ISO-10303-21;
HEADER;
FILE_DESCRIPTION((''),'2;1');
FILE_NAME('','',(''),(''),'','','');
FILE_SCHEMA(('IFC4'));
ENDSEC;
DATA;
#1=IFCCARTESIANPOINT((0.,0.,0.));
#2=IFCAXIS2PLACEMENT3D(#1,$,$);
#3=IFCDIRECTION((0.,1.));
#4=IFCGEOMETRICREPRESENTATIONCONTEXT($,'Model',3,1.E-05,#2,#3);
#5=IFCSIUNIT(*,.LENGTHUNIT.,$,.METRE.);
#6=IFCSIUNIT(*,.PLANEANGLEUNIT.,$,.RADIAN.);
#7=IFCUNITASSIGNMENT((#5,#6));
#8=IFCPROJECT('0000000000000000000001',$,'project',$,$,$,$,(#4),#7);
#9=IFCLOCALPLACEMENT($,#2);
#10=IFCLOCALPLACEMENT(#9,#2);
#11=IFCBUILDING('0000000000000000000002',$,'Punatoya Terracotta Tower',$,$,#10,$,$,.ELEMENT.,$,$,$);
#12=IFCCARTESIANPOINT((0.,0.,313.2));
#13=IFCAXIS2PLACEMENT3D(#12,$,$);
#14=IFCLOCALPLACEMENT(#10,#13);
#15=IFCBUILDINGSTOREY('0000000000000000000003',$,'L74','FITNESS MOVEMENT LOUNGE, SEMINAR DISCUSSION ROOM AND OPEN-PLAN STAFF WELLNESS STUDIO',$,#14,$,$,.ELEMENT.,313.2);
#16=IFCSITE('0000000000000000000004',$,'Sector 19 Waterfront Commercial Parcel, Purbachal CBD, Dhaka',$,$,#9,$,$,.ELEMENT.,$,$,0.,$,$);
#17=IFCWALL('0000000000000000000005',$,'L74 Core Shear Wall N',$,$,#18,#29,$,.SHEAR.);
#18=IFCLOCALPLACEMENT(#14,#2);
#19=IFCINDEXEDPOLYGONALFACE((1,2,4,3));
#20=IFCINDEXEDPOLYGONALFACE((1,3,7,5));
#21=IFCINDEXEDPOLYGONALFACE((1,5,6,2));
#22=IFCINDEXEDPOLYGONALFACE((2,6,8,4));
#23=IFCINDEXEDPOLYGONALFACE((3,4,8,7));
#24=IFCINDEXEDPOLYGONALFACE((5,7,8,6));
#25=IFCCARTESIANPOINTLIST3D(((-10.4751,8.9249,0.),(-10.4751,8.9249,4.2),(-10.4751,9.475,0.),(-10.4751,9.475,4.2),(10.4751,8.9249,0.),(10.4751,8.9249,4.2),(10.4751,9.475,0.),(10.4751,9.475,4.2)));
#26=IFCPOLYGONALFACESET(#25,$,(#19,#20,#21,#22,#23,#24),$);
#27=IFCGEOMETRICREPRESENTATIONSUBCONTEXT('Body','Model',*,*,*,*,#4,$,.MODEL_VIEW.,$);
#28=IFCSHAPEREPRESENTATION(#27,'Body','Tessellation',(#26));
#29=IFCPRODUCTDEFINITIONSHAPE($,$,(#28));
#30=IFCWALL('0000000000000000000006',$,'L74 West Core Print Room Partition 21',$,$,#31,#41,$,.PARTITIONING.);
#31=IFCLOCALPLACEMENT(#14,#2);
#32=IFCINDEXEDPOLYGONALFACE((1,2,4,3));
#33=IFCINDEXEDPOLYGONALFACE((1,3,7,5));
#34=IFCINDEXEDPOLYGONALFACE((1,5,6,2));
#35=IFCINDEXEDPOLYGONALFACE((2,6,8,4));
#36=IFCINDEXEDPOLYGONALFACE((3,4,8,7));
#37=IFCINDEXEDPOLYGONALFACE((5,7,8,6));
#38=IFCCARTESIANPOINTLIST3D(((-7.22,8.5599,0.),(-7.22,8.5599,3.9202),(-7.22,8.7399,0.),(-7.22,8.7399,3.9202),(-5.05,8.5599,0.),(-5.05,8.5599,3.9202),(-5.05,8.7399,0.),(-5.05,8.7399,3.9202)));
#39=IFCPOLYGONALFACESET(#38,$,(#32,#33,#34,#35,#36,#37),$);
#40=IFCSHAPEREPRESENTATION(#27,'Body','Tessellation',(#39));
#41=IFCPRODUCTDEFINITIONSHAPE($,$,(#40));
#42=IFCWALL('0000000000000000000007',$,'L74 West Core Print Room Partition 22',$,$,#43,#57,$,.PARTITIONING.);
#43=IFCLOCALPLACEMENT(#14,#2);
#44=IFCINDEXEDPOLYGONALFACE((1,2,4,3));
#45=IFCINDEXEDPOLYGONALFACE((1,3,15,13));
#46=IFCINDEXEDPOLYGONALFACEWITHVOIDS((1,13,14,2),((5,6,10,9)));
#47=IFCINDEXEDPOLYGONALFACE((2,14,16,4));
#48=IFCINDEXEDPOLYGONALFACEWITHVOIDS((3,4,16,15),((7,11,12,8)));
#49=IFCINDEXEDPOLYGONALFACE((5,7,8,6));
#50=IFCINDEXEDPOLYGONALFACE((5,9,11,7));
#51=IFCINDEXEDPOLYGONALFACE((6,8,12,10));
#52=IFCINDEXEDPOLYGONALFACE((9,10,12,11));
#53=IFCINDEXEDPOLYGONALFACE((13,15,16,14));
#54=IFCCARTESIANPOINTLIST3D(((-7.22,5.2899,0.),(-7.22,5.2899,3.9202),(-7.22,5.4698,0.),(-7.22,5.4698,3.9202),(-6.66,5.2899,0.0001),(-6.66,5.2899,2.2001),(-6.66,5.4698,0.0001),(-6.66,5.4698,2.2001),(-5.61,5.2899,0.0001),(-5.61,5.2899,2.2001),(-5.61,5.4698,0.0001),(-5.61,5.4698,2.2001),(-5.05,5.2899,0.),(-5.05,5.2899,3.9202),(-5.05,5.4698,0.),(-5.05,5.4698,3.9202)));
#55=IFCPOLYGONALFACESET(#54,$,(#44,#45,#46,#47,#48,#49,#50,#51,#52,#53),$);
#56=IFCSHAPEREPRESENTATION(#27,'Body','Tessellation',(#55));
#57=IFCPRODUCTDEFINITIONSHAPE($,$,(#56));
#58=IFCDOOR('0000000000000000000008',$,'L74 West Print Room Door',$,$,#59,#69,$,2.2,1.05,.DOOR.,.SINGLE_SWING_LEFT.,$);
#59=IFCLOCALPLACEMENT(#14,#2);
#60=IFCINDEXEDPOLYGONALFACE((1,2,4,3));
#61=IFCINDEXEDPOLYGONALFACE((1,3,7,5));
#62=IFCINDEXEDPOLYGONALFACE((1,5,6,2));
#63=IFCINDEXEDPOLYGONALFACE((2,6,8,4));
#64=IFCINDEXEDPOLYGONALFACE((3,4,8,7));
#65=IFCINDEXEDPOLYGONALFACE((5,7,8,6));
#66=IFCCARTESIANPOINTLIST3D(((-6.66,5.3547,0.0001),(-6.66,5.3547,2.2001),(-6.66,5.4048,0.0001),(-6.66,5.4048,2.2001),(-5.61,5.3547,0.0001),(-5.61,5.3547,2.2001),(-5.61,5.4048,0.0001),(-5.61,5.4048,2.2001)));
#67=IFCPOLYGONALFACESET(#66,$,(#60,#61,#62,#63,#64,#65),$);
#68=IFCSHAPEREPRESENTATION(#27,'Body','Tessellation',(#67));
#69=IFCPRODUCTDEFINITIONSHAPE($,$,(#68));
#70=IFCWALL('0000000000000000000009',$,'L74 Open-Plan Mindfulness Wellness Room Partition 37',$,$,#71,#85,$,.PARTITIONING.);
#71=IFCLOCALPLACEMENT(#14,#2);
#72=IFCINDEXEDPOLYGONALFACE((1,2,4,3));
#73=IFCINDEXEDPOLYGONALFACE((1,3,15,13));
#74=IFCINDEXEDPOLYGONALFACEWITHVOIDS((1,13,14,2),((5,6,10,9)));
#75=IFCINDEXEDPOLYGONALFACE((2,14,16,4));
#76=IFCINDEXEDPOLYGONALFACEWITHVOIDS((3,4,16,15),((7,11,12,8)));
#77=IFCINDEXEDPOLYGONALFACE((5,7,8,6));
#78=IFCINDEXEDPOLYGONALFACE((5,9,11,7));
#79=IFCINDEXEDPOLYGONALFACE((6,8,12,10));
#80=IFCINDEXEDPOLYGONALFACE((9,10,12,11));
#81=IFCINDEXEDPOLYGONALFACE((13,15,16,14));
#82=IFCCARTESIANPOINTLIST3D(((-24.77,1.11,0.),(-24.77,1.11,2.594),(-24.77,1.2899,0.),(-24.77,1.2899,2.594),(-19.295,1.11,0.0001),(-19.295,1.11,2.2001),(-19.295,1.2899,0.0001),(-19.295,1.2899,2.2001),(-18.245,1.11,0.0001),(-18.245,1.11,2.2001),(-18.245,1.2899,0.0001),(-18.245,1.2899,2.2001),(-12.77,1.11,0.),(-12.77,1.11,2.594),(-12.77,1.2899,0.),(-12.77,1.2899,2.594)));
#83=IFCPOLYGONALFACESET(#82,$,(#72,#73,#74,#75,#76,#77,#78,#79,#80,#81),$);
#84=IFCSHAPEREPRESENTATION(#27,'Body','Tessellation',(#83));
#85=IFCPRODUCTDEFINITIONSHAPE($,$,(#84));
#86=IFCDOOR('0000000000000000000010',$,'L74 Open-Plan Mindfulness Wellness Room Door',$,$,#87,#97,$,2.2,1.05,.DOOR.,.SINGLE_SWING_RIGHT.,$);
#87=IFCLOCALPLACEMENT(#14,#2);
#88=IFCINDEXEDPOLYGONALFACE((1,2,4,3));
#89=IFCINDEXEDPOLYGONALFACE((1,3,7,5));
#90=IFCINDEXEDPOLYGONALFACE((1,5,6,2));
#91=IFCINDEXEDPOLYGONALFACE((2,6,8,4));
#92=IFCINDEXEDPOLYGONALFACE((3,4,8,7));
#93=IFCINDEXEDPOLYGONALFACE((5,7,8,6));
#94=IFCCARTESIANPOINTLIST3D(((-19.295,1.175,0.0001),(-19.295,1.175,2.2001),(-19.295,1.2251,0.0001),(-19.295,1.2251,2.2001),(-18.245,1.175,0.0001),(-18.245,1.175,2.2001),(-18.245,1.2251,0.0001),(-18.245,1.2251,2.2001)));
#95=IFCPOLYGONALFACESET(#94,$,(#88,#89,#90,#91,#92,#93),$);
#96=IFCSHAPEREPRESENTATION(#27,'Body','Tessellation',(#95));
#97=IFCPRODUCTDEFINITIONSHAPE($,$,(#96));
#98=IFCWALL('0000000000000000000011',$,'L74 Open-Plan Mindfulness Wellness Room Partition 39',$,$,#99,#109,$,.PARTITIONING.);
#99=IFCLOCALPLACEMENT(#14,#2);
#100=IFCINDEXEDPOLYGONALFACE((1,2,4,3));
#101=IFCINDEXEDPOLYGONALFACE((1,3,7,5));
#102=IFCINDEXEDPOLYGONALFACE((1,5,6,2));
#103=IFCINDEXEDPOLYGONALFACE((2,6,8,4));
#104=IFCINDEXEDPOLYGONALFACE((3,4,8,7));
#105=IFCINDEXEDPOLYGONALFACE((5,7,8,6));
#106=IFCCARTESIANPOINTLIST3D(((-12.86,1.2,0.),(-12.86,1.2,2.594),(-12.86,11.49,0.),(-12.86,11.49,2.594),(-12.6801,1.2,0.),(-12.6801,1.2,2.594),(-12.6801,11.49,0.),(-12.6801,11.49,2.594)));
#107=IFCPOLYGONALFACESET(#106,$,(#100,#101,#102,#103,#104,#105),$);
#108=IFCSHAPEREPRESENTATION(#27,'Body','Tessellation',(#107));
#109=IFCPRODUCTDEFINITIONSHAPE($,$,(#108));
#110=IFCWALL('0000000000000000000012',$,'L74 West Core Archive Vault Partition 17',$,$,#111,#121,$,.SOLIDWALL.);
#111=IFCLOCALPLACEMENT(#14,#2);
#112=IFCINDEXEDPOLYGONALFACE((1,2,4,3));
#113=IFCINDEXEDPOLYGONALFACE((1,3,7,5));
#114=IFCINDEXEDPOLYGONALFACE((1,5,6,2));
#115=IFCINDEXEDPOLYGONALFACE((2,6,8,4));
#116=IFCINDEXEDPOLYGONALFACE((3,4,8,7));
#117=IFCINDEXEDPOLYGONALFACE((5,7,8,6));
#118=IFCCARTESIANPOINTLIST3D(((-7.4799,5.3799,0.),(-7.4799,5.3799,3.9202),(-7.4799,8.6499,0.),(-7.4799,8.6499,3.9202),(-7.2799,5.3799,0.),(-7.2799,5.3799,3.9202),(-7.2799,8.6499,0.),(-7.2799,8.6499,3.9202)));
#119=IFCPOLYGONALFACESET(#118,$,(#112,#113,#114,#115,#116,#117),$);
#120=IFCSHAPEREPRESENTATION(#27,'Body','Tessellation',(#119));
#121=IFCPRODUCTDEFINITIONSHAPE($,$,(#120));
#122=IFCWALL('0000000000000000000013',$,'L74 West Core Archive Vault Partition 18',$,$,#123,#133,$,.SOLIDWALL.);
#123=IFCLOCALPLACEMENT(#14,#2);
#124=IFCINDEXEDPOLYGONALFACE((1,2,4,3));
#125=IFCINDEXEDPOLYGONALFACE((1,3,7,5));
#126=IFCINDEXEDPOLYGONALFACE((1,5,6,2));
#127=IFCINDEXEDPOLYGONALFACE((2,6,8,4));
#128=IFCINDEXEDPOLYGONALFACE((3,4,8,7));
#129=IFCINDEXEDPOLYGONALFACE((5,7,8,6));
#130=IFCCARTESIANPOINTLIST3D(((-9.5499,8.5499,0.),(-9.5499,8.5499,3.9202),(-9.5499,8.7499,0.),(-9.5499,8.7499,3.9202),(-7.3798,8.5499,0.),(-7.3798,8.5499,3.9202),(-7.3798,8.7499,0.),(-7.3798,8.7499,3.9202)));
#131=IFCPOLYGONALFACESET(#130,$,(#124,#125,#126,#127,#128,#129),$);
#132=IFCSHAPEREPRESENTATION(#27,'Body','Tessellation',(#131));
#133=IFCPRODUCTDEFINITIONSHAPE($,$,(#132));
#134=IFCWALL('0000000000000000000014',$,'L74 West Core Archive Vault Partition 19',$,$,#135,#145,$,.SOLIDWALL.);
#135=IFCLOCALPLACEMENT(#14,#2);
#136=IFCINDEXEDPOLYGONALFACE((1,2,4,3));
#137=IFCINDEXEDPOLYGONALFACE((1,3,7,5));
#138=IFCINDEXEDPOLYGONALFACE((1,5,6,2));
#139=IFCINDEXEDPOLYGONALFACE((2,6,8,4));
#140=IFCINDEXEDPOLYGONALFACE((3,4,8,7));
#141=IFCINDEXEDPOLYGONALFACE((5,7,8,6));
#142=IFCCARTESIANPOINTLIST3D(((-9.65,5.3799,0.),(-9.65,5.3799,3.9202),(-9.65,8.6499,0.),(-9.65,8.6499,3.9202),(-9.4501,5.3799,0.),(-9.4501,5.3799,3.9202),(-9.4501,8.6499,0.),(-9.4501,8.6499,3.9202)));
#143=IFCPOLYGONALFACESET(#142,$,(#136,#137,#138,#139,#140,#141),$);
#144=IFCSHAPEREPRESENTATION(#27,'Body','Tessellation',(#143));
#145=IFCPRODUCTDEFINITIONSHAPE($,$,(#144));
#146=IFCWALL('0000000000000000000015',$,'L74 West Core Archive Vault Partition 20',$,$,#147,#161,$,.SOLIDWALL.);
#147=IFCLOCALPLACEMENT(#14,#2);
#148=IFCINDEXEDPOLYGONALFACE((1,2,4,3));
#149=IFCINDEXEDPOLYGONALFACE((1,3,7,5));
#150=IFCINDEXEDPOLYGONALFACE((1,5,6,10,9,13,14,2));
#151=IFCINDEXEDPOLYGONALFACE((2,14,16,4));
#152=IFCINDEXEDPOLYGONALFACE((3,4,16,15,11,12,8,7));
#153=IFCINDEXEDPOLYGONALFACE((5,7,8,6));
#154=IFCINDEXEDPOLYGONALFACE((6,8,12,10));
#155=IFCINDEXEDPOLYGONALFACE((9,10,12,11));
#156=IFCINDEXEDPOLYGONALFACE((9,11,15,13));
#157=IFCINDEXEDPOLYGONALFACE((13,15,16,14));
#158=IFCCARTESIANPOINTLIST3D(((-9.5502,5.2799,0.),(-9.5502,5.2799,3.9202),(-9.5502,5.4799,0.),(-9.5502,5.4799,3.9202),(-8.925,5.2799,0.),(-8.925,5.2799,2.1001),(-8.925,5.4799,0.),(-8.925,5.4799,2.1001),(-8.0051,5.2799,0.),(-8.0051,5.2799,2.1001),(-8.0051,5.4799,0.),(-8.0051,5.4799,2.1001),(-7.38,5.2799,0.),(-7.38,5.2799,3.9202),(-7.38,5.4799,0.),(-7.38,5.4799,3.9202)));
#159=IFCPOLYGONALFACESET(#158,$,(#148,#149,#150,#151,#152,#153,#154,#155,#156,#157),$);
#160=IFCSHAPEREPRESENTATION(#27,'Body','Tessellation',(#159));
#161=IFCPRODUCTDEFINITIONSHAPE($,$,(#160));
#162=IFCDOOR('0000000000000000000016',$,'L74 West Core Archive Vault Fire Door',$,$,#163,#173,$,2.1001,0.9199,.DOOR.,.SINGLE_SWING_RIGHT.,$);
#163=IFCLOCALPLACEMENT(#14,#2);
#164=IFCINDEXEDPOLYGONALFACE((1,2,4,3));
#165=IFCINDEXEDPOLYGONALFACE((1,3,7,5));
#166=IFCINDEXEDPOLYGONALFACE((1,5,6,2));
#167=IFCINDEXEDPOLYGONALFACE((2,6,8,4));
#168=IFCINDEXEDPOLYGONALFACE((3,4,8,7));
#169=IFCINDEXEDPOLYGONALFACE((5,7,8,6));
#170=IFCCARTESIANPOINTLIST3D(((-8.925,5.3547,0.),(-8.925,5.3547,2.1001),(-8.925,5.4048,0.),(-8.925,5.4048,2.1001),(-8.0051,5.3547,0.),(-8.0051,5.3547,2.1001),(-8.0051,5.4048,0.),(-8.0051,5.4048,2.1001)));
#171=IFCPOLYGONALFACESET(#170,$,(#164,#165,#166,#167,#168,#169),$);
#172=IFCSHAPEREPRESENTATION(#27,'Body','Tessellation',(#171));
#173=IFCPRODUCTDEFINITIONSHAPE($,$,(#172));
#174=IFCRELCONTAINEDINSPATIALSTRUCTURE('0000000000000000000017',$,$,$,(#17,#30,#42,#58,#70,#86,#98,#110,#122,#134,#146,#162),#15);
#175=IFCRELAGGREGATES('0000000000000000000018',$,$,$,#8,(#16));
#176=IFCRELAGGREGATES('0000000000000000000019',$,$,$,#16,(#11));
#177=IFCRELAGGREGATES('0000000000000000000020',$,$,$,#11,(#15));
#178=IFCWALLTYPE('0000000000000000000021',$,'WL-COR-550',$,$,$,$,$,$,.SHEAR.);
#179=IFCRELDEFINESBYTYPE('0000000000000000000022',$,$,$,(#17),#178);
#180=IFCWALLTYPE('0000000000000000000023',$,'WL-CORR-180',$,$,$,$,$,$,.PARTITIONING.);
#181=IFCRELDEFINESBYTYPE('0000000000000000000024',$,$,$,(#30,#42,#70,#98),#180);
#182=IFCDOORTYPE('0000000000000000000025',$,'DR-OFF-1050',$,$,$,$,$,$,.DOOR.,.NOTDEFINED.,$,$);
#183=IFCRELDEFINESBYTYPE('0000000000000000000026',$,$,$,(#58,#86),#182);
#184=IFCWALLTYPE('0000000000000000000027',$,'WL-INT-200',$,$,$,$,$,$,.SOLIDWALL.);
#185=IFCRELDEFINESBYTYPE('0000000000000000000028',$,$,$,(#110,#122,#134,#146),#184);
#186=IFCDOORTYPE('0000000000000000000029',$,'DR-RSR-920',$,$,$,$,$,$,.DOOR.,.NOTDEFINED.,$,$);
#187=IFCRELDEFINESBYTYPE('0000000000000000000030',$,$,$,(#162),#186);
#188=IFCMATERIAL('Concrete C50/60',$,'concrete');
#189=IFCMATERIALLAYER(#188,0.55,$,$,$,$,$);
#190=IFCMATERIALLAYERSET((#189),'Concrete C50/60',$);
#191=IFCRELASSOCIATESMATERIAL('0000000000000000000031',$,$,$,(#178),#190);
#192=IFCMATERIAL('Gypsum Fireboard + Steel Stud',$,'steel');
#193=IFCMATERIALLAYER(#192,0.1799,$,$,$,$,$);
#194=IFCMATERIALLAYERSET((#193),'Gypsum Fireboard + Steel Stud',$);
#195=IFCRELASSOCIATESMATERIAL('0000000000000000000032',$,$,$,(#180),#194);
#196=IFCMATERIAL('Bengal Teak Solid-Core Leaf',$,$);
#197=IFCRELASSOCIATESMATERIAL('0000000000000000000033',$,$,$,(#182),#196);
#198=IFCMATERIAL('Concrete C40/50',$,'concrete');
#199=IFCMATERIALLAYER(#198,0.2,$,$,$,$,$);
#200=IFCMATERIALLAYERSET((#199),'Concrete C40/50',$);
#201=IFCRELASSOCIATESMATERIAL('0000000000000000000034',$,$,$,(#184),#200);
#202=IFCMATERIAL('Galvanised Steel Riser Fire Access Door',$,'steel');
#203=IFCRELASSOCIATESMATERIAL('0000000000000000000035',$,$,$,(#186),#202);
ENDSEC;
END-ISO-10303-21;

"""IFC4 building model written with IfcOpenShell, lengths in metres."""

from ifc_helpers import new_model, si_unit, direction, frame, frame_2d, origin, place, context, subcontext, project, spatial, rectangle, extrude, material, layer, layer_set, type_object, element, fill, save


model = new_model("IFC4")

# Units and contexts
model_context = context("Model", 3, precision=1e-05, world=origin(), true_north=direction((0.0, 1.0)))
body_context = subcontext(model_context, "Body", "Model", "MODEL_VIEW")
ifc_project = project(units=[si_unit("LENGTHUNIT", "METRE"), si_unit("PLANEANGLEUNIT", "RADIAN")], contexts=[model_context])

# Site, building, storey
site_placement = place(None, origin())
site = spatial("IfcSite", under=ifc_project, at=site_placement, Name="Sector 19 Waterfront Commercial Parcel, Purbachal CBD, Dhaka", CompositionType="ELEMENT", RefElevation=0.0)
building_placement = place(site_placement, origin())
building = spatial("IfcBuilding", under=site, at=building_placement, Name="Punatoya Terracotta Tower", CompositionType="ELEMENT")
storey_placement = place(building_placement, frame((0.0, 0.0, 313.2)))
storey = spatial("IfcBuildingStorey", under=building, at=storey_placement, Name="L74", Description="FITNESS MOVEMENT LOUNGE, SEMINAR DISCUSSION ROOM AND OPEN-PLAN STAFF WELLNESS STUDIO", CompositionType="ELEMENT", Elevation=313.2)

# Shared definitions
ifc_material_1 = material(Name="Concrete C50/60", Category="concrete")

# Shared definitions
ifc_material_2 = material(Name="Concrete C40/50", Category="concrete")

# Walls
ifc_layer_1 = layer(ifc_material_1, 0.55)
ifc_layer_set_1 = layer_set([ifc_layer_1], Name="Concrete C50/60")
wall_type_1 = type_object("IfcWallType", Name="WL-COR-550", PredefinedType="SHEAR", material=ifc_layer_set_1)
wall_1_placement = place(storey_placement, frame((-10.4751, 9.2, 0.0), z_axis=(0.0, 0.0, 1.0), x_axis=(1.0, 0.0, 0.0)))
element("IfcWall", 1, at=wall_1_placement, inside=storey, type_object=wall_type_1, Name="L74 Core Shear Wall N", PredefinedType="SHEAR", context=body_context, shape_type="SweptSolid", body=[
    extrude(rectangle(XDim=20.9502, YDim=0.55, at=frame_2d((10.4751, 0.0))), origin(), (0.0, 0.0, 1.0), 4.2),
])
ifc_material_3 = material(Name="Gypsum Fireboard + Steel Stud", Category="steel")
ifc_layer_2 = layer(ifc_material_3, 0.1799)
ifc_layer_set_2 = layer_set([ifc_layer_2], Name="Gypsum Fireboard + Steel Stud")
wall_type_2 = type_object("IfcWallType", Name="WL-CORR-180", PredefinedType="PARTITIONING", material=ifc_layer_set_2)
wall_2_placement = place(storey_placement, frame((-5.05, 8.6499, 0.0), z_axis=(0.0, 0.0, 1.0), x_axis=(-1.0, 0.0, 0.0)))
element("IfcWall", 2, at=wall_2_placement, inside=storey, type_object=wall_type_2, Name="L74 West Core Print Room Partition 21", PredefinedType="PARTITIONING", context=body_context, shape_type="SweptSolid", body=[
    extrude(rectangle(XDim=2.1699, YDim=0.1799, at=frame_2d((1.085, 0.0))), origin(), (0.0, 0.0, 1.0), 3.9202),
])

# Walls, openings, doors
wall_3_placement = place(storey_placement, frame((-7.22, 5.3799, 0.0), z_axis=(0.0, 0.0, 1.0), x_axis=(1.0, 0.0, 0.0)))
wall_3 = element("IfcWall", 3, at=wall_3_placement, inside=storey, type_object=wall_type_2, Name="L74 West Core Print Room Partition 22", PredefinedType="PARTITIONING", context=body_context, shape_type="SweptSolid", body=[
    extrude(rectangle(XDim=2.1699, YDim=0.1799, at=frame_2d((1.085, 0.0))), origin(), (0.0, 0.0, 1.0), 3.9202),
])
opening_1_placement = place(wall_3_placement, frame((0.5601, 0.0, 0.0)))
opening_1 = element("IfcOpeningElement", 4, at=opening_1_placement, cuts=wall_3, PredefinedType="OPENING", context=body_context, shape_type="SweptSolid", body=[
    extrude(rectangle(XDim=1.05, YDim=2.2, at=frame_2d((0.5249, 1.1001))), frame((0.0, 0.0999, 0.0), z_axis=(0.0, -1.0, 0.0), x_axis=(1.0, 0.0, 0.0)), (0.0, 0.0, 1.0), 0.2),
])
ifc_material_4 = material(Name="Bengal Teak Solid-Core Leaf")
door_type_1 = type_object("IfcDoorType", Name="DR-OFF-1050", OperationType="NOTDEFINED", PredefinedType="DOOR", material=ifc_material_4)
door_1_placement = place(opening_1_placement, origin())
door_1 = element("IfcDoor", 5, at=door_1_placement, inside=storey, type_object=door_type_1, Name="L74 West Print Room Door", OperationType="SINGLE_SWING_LEFT", OverallHeight=2.2, OverallWidth=1.05, PredefinedType="DOOR", context=body_context, shape_type="SweptSolid", body=[
    extrude(rectangle(XDim=1.05, YDim=2.2, at=frame_2d((0.5249, 1.1001))), frame((0.0, 0.0249, 0.0), z_axis=(0.0, -1.0, 0.0), x_axis=(1.0, 0.0, 0.0)), (0.0, 0.0, 1.0), 0.05),
])
fill(opening_1, door_1)
wall_4_placement = place(storey_placement, frame((-12.77, 1.2, 0.0), z_axis=(0.0, 0.0, 1.0), x_axis=(-1.0, 0.0, 0.0)))
wall_4 = element("IfcWall", 6, at=wall_4_placement, inside=storey, type_object=wall_type_2, Name="L74 Open-Plan Mindfulness Wellness Room Partition 37", PredefinedType="PARTITIONING", context=body_context, shape_type="SweptSolid", body=[
    extrude(rectangle(XDim=12.0, YDim=0.1799, at=frame_2d((6.0, 0.0))), origin(), (0.0, 0.0, 1.0), 2.594),
])
opening_2_placement = place(wall_4_placement, frame((5.4751, 0.0, 0.0)))
opening_2 = element("IfcOpeningElement", 7, at=opening_2_placement, cuts=wall_4, PredefinedType="OPENING", context=body_context, shape_type="SweptSolid", body=[
    extrude(rectangle(XDim=1.05, YDim=2.2, at=frame_2d((0.5249, 1.1001))), frame((0.0, 0.0999, 0.0), z_axis=(0.0, -1.0, 0.0), x_axis=(1.0, 0.0, 0.0)), (0.0, 0.0, 1.0), 0.2),
])
door_2_placement = place(opening_2_placement, origin())
door_2 = element("IfcDoor", 8, at=door_2_placement, inside=storey, type_object=door_type_1, Name="L74 Open-Plan Mindfulness Wellness Room Door", OperationType="SINGLE_SWING_RIGHT", OverallHeight=2.2, OverallWidth=1.05, PredefinedType="DOOR", context=body_context, shape_type="SweptSolid", body=[
    extrude(rectangle(XDim=1.05, YDim=2.2, at=frame_2d((0.5249, 1.1001))), frame((0.0, 0.0249, 0.0), z_axis=(0.0, -1.0, 0.0), x_axis=(1.0, 0.0, 0.0)), (0.0, 0.0, 1.0), 0.05),
])
fill(opening_2, door_2)

# Walls
wall_5_placement = place(storey_placement, frame((-12.77, 11.49, 0.0), z_axis=(0.0, 0.0, 1.0), x_axis=(0.0, -1.0, 0.0)))
element("IfcWall", 9, at=wall_5_placement, inside=storey, type_object=wall_type_2, Name="L74 Open-Plan Mindfulness Wellness Room Partition 39", PredefinedType="PARTITIONING", context=body_context, shape_type="SweptSolid", body=[
    extrude(rectangle(XDim=10.29, YDim=0.1799, at=frame_2d((5.145, 0.0))), origin(), (0.0, 0.0, 1.0), 2.594),
])
ifc_layer_3 = layer(ifc_material_2, 0.2)
ifc_layer_set_3 = layer_set([ifc_layer_3], Name="Concrete C40/50")
wall_type_3 = type_object("IfcWallType", Name="WL-INT-200", PredefinedType="SOLIDWALL", material=ifc_layer_set_3)
wall_6_placement = place(storey_placement, frame((-7.3799, 5.3799, 0.0), z_axis=(0.0, 0.0, 1.0), x_axis=(0.0, 1.0, 0.0)))
element("IfcWall", 10, at=wall_6_placement, inside=storey, type_object=wall_type_3, Name="L74 West Core Archive Vault Partition 17", PredefinedType="SOLIDWALL", context=body_context, shape_type="SweptSolid", body=[
    extrude(rectangle(XDim=3.27, YDim=0.2, at=frame_2d((1.635, 0.0))), origin(), (0.0, 0.0, 1.0), 3.9202),
])
wall_7_placement = place(storey_placement, frame((-7.3799, 8.6499, 0.0), z_axis=(0.0, 0.0, 1.0), x_axis=(-1.0, 0.0, 0.0)))
element("IfcWall", 11, at=wall_7_placement, inside=storey, type_object=wall_type_3, Name="L74 West Core Archive Vault Partition 18", PredefinedType="SOLIDWALL", context=body_context, shape_type="SweptSolid", body=[
    extrude(rectangle(XDim=2.1702, YDim=0.2, at=frame_2d((1.085, 0.0))), origin(), (0.0, 0.0, 1.0), 3.9202),
])
wall_8_placement = place(storey_placement, frame((-9.55, 8.6499, 0.0), z_axis=(0.0, 0.0, 1.0), x_axis=(0.0, -1.0, 0.0)))
element("IfcWall", 12, at=wall_8_placement, inside=storey, type_object=wall_type_3, Name="L74 West Core Archive Vault Partition 19", PredefinedType="SOLIDWALL", context=body_context, shape_type="SweptSolid", body=[
    extrude(rectangle(XDim=3.27, YDim=0.2, at=frame_2d((1.635, 0.0))), origin(), (0.0, 0.0, 1.0), 3.9202),
])

# Wall, opening, door
wall_9_placement = place(storey_placement, frame((-9.55, 5.3799, 0.0), z_axis=(0.0, 0.0, 1.0), x_axis=(1.0, 0.0, 0.0)))
wall_9 = element("IfcWall", 13, at=wall_9_placement, inside=storey, type_object=wall_type_3, Name="L74 West Core Archive Vault Partition 20", PredefinedType="SOLIDWALL", context=body_context, shape_type="SweptSolid", body=[
    extrude(rectangle(XDim=2.1702, YDim=0.2, at=frame_2d((1.085, 0.0))), origin(), (0.0, 0.0, 1.0), 3.9202),
])
opening_3_placement = place(wall_9_placement, frame((0.625, 0.0, 0.0)))
opening_3 = element("IfcOpeningElement", 14, at=opening_3_placement, cuts=wall_9, PredefinedType="OPENING", context=body_context, shape_type="SweptSolid", body=[
    extrude(rectangle(XDim=0.9199, YDim=2.1001, at=frame_2d((0.46, 1.05))), frame((0.0, 0.1099, 0.0), z_axis=(0.0, -1.0, 0.0), x_axis=(1.0, 0.0, 0.0)), (0.0, 0.0, 1.0), 0.22),
])
ifc_material_5 = material(Name="Galvanised Steel Riser Fire Access Door", Category="steel")
door_type_2 = type_object("IfcDoorType", Name="DR-RSR-920", OperationType="NOTDEFINED", PredefinedType="DOOR", material=ifc_material_5)
door_3_placement = place(opening_3_placement, origin())
door_3 = element("IfcDoor", 15, at=door_3_placement, inside=storey, type_object=door_type_2, Name="L74 West Core Archive Vault Fire Door", OperationType="SINGLE_SWING_RIGHT", OverallHeight=2.1001, OverallWidth=0.9199, PredefinedType="DOOR", context=body_context, shape_type="SweptSolid", body=[
    extrude(rectangle(XDim=0.9199, YDim=2.1001, at=frame_2d((0.46, 1.05))), frame((0.0, 0.0249, 0.0), z_axis=(0.0, -1.0, 0.0), x_axis=(1.0, 0.0, 0.0)), (0.0, 0.0, 1.0), 0.05),
])
fill(opening_3, door_3)

save(model, "model.ifc")
